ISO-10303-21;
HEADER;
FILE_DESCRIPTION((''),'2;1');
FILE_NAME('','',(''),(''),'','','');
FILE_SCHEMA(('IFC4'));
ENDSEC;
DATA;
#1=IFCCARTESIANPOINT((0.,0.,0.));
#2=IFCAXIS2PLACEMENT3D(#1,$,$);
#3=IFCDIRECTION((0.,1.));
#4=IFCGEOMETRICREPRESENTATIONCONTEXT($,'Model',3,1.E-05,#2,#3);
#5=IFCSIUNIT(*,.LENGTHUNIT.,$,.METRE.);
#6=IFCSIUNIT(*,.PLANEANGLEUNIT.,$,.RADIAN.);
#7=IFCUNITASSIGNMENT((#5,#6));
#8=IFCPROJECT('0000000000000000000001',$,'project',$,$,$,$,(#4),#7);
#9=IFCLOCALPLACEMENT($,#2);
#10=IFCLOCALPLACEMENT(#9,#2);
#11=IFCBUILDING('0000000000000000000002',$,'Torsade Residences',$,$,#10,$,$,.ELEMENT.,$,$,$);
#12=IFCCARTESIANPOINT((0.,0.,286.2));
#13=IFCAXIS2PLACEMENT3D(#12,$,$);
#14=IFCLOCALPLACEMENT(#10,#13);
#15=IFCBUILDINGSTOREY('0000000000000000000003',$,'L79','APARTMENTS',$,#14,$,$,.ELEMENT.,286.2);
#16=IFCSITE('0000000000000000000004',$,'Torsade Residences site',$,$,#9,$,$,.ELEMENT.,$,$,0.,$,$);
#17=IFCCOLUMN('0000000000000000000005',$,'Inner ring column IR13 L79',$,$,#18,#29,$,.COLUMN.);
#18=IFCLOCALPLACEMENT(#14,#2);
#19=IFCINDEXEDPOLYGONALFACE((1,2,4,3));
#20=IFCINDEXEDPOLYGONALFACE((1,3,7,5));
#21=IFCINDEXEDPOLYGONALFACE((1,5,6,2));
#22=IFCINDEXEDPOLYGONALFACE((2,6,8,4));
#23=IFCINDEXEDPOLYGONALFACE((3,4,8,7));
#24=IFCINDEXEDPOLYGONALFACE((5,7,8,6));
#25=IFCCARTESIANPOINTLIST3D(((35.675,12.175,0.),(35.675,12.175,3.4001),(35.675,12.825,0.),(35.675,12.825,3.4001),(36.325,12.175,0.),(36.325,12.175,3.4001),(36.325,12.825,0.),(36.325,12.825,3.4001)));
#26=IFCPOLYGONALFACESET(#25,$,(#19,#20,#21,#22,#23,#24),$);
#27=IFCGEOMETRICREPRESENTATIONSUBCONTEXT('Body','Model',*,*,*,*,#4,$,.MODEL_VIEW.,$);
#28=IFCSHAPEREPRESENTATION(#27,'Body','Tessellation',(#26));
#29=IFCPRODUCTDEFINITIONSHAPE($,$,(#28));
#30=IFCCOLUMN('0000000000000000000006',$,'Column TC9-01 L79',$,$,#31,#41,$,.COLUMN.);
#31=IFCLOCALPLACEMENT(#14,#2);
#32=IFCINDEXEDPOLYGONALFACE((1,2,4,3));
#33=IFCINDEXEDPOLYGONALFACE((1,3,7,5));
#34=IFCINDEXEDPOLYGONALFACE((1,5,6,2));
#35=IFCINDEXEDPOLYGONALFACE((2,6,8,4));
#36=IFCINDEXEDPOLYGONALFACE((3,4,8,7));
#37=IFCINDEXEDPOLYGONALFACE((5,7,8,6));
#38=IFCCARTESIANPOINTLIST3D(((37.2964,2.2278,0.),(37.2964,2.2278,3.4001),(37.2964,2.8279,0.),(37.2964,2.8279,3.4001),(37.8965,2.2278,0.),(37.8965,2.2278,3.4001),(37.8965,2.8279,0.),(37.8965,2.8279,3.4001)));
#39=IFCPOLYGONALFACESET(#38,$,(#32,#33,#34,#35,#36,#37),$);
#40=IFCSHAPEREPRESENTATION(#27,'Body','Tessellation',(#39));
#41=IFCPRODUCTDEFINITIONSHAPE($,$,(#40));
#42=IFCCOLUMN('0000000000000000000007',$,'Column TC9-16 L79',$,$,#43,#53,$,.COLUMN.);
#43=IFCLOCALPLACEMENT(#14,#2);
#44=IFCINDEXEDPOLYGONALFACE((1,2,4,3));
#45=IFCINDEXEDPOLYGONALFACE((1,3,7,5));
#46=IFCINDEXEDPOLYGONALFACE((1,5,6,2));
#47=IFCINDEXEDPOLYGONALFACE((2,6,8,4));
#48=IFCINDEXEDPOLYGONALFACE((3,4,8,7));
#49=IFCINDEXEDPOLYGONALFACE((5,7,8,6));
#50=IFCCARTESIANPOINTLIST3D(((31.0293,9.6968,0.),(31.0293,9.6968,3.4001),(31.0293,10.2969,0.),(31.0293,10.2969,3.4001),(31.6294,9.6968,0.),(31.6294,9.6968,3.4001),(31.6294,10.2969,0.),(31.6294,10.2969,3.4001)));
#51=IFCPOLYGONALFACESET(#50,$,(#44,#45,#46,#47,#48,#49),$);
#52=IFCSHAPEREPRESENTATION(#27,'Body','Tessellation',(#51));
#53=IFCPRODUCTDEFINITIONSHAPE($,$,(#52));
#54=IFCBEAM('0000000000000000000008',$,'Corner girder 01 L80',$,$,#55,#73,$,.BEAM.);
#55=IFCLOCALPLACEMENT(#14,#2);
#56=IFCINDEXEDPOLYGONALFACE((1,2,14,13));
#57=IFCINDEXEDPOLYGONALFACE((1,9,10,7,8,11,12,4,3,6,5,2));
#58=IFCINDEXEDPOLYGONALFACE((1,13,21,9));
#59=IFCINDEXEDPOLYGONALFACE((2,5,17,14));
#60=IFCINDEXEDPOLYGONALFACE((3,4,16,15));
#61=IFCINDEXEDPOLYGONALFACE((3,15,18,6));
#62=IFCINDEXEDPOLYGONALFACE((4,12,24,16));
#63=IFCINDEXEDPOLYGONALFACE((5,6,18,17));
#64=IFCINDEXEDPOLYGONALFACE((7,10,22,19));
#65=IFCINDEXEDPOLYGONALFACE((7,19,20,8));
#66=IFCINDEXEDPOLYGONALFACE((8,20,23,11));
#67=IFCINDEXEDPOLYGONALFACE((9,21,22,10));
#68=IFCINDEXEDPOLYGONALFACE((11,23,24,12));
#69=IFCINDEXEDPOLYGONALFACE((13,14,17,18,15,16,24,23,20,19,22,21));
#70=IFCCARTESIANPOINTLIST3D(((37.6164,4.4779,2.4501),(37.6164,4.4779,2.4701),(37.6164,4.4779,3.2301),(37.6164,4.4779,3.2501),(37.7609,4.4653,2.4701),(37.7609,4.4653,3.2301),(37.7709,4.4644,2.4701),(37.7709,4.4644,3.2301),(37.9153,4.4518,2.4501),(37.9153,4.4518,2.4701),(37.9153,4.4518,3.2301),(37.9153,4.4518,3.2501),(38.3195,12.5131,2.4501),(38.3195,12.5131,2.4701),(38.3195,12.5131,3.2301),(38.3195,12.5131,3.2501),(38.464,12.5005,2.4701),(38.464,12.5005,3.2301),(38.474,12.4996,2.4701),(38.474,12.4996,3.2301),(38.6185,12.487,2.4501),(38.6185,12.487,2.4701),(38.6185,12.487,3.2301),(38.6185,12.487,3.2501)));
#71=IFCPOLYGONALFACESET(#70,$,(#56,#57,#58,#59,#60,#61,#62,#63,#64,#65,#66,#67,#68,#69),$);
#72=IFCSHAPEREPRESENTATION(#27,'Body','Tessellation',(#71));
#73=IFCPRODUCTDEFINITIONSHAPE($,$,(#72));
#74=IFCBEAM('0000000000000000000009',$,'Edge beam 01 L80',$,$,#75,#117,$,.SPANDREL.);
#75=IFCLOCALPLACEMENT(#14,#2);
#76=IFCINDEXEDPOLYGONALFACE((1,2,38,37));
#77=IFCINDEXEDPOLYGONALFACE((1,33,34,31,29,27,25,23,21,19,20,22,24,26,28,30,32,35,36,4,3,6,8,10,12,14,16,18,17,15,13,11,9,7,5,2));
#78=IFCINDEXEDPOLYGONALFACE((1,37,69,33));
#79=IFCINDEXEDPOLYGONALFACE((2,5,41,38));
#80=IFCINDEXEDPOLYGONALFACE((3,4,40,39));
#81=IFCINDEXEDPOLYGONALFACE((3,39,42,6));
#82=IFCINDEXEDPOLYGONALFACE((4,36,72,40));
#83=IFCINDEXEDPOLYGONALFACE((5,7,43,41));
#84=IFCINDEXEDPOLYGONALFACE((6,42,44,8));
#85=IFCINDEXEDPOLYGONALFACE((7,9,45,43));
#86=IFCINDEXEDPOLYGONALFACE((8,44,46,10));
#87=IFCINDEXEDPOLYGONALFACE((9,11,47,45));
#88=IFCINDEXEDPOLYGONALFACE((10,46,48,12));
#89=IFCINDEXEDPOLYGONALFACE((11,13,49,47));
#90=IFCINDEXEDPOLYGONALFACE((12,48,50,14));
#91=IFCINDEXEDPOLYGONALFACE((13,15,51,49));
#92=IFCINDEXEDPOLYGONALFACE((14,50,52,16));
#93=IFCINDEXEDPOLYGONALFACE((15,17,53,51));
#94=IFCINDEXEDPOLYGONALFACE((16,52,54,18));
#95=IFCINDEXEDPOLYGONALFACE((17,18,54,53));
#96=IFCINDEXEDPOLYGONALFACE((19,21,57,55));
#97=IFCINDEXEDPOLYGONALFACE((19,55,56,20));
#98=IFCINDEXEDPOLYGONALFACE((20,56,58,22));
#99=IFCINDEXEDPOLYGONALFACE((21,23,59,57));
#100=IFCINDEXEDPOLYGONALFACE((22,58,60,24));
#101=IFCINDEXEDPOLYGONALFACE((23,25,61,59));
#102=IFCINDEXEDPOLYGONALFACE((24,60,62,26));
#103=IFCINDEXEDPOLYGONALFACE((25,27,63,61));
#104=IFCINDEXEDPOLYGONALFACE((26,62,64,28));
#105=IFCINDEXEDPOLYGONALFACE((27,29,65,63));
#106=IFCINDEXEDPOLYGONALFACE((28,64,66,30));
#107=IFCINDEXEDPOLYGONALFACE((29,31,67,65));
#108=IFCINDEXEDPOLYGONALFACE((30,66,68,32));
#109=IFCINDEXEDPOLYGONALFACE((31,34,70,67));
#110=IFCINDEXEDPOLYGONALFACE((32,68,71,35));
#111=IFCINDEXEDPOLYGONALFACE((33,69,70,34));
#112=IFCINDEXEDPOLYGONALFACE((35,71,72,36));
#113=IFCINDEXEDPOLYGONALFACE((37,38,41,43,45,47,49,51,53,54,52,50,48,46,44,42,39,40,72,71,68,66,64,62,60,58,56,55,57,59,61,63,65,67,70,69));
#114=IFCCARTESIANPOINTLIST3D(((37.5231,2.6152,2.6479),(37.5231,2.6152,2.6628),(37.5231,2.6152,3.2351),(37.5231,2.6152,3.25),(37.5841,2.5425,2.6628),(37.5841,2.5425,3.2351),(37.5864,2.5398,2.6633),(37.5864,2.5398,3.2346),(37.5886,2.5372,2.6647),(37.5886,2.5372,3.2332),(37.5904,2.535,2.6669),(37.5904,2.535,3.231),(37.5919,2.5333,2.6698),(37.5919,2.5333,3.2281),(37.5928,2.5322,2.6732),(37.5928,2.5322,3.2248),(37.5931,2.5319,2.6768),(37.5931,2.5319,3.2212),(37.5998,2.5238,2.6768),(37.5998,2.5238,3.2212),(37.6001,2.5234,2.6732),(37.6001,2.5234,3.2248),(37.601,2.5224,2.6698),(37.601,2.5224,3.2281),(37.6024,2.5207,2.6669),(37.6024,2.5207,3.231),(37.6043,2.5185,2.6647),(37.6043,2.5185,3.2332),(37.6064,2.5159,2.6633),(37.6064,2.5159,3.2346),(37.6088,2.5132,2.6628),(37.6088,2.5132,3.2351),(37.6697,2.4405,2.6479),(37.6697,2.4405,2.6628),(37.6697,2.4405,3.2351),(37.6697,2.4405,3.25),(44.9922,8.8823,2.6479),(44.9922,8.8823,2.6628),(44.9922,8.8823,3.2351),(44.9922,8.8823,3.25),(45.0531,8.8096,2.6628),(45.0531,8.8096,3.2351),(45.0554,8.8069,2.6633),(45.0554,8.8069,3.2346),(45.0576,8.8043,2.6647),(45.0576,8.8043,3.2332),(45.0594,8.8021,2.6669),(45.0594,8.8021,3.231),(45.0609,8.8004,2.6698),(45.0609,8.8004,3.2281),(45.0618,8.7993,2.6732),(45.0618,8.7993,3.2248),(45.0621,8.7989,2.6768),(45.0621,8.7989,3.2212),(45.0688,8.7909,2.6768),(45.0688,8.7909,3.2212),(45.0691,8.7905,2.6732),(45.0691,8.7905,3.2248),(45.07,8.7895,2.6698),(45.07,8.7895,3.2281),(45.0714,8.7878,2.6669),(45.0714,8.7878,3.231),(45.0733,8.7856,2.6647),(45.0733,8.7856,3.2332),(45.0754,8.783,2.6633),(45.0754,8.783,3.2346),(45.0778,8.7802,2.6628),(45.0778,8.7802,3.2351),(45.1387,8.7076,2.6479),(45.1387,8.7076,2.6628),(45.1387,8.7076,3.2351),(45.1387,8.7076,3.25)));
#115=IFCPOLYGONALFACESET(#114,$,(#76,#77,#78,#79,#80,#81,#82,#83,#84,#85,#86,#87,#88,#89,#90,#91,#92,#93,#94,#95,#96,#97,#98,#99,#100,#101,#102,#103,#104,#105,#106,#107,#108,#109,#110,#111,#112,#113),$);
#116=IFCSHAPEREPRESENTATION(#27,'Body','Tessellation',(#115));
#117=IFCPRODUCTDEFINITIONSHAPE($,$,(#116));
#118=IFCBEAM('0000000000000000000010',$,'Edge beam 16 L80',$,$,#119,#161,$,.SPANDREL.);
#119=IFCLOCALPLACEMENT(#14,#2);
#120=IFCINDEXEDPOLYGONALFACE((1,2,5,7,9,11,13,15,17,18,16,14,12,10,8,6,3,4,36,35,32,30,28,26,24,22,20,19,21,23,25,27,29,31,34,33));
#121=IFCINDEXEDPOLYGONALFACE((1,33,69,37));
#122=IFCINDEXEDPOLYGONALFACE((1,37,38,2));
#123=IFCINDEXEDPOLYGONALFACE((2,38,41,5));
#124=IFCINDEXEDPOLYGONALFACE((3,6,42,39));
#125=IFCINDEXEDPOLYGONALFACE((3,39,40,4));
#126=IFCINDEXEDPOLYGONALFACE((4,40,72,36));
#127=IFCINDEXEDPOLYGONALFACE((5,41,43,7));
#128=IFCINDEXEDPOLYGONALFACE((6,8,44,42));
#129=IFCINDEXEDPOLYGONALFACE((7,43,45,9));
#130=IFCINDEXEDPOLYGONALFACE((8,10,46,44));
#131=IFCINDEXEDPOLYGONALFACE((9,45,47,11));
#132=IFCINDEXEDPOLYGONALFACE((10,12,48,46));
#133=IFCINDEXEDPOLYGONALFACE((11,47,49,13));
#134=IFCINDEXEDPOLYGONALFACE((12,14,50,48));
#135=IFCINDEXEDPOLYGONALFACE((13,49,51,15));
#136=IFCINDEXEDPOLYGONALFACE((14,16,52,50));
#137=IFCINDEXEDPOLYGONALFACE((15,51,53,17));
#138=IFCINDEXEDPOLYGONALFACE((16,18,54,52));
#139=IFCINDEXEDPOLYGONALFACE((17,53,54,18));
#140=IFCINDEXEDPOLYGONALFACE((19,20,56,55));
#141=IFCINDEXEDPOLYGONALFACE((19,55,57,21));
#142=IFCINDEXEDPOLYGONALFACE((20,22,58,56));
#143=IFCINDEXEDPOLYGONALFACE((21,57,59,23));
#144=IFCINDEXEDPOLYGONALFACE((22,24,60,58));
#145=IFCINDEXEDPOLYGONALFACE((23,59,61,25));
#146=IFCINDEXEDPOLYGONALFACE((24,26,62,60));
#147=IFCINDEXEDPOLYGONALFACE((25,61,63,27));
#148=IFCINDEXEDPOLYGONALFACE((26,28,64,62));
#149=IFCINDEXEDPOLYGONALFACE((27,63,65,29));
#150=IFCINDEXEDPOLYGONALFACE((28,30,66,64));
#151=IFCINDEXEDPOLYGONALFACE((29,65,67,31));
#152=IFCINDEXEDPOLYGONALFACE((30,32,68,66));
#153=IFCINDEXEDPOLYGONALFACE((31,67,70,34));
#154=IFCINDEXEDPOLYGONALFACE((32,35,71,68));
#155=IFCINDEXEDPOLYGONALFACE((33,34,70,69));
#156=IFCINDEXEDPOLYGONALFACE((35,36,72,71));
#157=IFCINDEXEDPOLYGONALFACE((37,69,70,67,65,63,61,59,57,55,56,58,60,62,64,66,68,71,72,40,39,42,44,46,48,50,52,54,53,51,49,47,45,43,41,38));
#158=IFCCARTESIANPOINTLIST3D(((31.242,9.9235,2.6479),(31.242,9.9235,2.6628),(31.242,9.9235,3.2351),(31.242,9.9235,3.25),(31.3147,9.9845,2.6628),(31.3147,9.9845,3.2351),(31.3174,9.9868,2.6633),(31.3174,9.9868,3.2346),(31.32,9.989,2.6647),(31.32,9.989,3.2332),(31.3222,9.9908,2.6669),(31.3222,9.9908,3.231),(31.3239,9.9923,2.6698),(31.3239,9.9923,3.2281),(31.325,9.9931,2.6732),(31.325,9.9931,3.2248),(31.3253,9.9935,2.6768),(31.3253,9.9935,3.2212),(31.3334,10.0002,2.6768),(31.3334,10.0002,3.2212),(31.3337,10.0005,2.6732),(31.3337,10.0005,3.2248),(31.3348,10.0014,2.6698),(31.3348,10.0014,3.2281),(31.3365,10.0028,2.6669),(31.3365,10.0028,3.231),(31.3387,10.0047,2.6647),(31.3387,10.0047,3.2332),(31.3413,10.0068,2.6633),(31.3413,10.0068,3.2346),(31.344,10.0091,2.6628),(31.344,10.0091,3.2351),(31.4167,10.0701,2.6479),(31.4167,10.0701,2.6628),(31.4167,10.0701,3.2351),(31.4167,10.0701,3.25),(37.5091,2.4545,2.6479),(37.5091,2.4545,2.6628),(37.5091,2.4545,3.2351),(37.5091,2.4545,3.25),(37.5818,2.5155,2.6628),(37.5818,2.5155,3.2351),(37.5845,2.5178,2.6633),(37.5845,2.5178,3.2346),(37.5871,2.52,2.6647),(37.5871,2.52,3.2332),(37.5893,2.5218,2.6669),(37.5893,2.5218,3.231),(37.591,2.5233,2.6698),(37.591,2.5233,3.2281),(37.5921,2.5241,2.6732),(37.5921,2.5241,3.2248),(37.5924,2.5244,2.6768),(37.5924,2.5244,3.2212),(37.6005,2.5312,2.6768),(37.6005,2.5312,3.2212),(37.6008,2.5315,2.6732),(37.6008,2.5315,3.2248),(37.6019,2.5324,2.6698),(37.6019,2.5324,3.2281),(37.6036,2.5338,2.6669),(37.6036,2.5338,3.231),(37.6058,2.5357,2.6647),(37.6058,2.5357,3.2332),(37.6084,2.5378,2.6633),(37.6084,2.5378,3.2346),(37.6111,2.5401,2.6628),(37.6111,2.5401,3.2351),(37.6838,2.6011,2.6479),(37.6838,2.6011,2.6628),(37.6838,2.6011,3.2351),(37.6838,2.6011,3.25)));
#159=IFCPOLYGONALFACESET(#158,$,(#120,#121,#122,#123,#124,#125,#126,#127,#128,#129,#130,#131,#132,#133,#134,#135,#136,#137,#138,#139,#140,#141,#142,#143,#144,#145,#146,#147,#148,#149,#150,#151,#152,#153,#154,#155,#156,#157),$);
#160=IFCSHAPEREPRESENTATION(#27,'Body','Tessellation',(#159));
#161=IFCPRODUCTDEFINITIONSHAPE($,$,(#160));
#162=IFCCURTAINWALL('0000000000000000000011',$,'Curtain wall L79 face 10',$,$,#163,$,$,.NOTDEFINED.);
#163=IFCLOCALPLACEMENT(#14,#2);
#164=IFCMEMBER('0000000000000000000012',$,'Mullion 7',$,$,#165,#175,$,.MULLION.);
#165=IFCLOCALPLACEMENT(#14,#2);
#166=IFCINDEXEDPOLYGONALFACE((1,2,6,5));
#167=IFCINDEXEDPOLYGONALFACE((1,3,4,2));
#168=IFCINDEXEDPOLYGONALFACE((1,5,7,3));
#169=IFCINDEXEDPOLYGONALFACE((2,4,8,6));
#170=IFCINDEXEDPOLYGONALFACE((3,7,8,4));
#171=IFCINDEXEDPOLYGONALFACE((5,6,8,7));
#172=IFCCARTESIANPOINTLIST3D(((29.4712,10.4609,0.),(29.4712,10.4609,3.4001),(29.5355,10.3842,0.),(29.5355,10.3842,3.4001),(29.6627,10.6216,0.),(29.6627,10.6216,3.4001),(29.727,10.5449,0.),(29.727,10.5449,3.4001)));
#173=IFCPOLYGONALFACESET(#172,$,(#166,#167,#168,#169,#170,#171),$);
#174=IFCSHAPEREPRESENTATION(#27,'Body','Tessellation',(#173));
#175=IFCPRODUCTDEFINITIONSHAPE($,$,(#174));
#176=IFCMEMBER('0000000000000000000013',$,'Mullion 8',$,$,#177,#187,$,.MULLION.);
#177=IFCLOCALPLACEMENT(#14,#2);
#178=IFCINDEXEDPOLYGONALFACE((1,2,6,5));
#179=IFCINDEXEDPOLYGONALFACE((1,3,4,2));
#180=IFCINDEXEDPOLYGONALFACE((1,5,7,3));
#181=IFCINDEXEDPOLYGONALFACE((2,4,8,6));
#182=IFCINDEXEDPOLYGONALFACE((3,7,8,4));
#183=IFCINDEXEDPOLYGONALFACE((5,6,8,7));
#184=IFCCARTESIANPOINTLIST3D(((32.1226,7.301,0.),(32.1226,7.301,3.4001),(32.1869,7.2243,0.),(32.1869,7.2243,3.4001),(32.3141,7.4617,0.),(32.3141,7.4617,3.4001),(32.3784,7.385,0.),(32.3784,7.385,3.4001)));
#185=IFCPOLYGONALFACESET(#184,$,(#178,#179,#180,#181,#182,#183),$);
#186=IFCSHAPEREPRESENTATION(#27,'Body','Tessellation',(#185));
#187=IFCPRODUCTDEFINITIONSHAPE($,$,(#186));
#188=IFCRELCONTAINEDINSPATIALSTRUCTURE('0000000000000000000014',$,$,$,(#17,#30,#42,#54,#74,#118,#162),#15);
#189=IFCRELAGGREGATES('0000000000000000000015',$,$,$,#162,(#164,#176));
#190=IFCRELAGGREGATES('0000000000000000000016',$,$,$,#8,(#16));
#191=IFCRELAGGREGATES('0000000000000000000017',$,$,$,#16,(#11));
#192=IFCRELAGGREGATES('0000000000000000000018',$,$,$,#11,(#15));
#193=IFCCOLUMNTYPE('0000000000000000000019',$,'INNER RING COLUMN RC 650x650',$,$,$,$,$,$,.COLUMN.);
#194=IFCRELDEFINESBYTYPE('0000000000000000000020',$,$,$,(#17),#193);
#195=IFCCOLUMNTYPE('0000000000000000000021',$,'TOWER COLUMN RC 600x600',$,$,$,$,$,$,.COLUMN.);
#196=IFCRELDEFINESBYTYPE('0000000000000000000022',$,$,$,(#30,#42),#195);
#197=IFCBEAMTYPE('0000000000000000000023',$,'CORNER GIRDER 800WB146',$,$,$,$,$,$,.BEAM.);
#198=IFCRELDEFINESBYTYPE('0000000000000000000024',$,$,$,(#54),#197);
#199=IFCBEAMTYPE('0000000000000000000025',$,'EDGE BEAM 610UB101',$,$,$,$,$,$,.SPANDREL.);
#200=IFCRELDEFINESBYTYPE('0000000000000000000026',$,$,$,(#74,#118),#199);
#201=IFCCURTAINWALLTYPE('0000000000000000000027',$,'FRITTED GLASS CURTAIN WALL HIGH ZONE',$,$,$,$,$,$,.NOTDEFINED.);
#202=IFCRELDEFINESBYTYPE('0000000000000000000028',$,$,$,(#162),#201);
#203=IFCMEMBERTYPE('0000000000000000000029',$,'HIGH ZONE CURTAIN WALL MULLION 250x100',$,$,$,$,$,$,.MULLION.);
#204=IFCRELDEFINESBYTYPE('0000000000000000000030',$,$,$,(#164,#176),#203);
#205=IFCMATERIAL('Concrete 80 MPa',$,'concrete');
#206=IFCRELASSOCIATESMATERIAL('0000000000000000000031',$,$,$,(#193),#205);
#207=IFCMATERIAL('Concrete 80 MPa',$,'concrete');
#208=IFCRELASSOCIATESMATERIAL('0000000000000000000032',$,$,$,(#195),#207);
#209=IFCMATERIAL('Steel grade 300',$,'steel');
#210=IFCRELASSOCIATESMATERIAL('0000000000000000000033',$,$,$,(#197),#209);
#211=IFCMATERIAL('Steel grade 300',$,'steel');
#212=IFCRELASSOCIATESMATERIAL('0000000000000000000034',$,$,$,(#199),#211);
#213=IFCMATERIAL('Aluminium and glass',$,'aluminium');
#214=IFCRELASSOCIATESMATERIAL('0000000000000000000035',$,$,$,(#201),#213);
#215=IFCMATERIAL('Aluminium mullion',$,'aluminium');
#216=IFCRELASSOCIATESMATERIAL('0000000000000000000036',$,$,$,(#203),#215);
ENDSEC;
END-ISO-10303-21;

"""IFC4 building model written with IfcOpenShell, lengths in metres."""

from ifc_helpers import new_model, si_unit, direction, frame, origin, origin_2d, place, context, subcontext, project, spatial, rectangle, i_section, extrude, material, material_profile, profile_set, type_object, element, aggregate, save


model = new_model("IFC4")

# Units and contexts
model_context = context("Model", 3, precision=1e-05, world=origin(), true_north=direction((0.0, 1.0)))
body_context = subcontext(model_context, "Body", "Model", "MODEL_VIEW")
ifc_project = project(units=[si_unit("LENGTHUNIT", "METRE"), si_unit("PLANEANGLEUNIT", "RADIAN")], contexts=[model_context])

# Site, building, storey
site_placement = place(None, origin())
site = spatial("IfcSite", under=ifc_project, at=site_placement, Name="Torsade Residences site", CompositionType="ELEMENT", RefElevation=0.0)
building_placement = place(site_placement, origin())
building = spatial("IfcBuilding", under=site, at=building_placement, Name="Torsade Residences", CompositionType="ELEMENT")
storey_placement = place(building_placement, frame((0.0, 0.0, 286.2)))
storey = spatial("IfcBuildingStorey", under=building, at=storey_placement, Name="L79", Description="APARTMENTS", CompositionType="ELEMENT", Elevation=286.2)

# Columns
ifc_material_1 = material(Name="Concrete 80 MPa", Category="concrete")
ifc_material_profile_1 = material_profile(ifc_material_1, rectangle(XDim=0.6499, YDim=0.6499, at=origin_2d()), Name="RC 650x650")
ifc_profile_set_1 = profile_set([ifc_material_profile_1], Name="Concrete 80 MPa")
column_type_1 = type_object("IfcColumnType", Name="INNER RING COLUMN RC 650x650", PredefinedType="COLUMN", material=ifc_profile_set_1)
column_placement = place(storey_placement, frame((36.0, 12.5, 0.0), z_axis=(0.0, 0.0, 1.0), x_axis=(1.0, 0.0, 0.0)))
element("IfcColumn", 1, at=column_placement, inside=storey, type_object=column_type_1, Name="Inner ring column IR13 L79", PredefinedType="COLUMN", context=body_context, shape_type="SweptSolid", body=[
    extrude(rectangle(XDim=0.6499, YDim=0.6499, at=origin_2d()), origin(), (0.0, 0.0, 1.0), 3.4001),
])
ifc_material_2 = material(Name="Concrete 80 MPa", Category="concrete")
ifc_material_profile_2 = material_profile(ifc_material_2, rectangle(XDim=0.6001, YDim=0.6001, at=origin_2d()), Name="RC 600x600")
ifc_profile_set_2 = profile_set([ifc_material_profile_2], Name="Concrete 80 MPa")
column_type_2 = type_object("IfcColumnType", Name="TOWER COLUMN RC 600x600", PredefinedType="COLUMN", material=ifc_profile_set_2)
for number, where, z_axis, x_axis, name in (
    (2, (37.5964, 2.5278, 0.0), (0.0, 0.0, 1.0), (1.0, 0.0, 0.0), "Column TC9-01 L79"),
    (3, (31.3293, 9.9968, 0.0), (0.0, 0.0, 1.0), (1.0, 0.0, 0.0), "Column TC9-16 L79"),
):
    element("IfcColumn", number, at=place(storey_placement, frame(where, z_axis=z_axis, x_axis=x_axis)), inside=storey, type_object=column_type_2, Name=name, PredefinedType="COLUMN", context=body_context, shape_type="SweptSolid", body=[
        extrude(rectangle(XDim=0.6001, YDim=0.6001, at=origin_2d()), origin(), (0.0, 0.0, 1.0), 3.4001),
    ])

# Beams
ifc_material_3 = material(Name="Steel grade 300", Category="steel")
ifc_material_profile_3 = material_profile(ifc_material_3, i_section(OverallWidth=0.3, OverallDepth=0.8, WebThickness=0.01, FlangeThickness=0.02, at=origin_2d()), Name="800WB146")
ifc_profile_set_3 = profile_set([ifc_material_profile_3], Name="Steel grade 300")
beam_type_1 = type_object("IfcBeamType", Name="CORNER GIRDER 800WB146", PredefinedType="BEAM", material=ifc_profile_set_3)
beam_1_placement = place(storey_placement, frame((37.7659, 4.4648, 2.8501), z_axis=(0.087173, 0.996193, 0.0), x_axis=(-0.996193, 0.087173, 0.0)))
element("IfcBeam", 4, at=beam_1_placement, inside=storey, type_object=beam_type_1, Name="Corner girder 01 L80", PredefinedType="BEAM", context=body_context, shape_type="SweptSolid", body=[
    extrude(i_section(OverallWidth=0.3, OverallDepth=0.8, WebThickness=0.01, FlangeThickness=0.02, at=origin_2d()), origin(), (0.0, 0.0, 1.0), 8.0659),
])
ifc_material_4 = material(Name="Steel grade 300", Category="steel")
ifc_material_profile_4 = material_profile(ifc_material_4, i_section(OverallWidth=0.228, OverallDepth=0.6021, WebThickness=0.0105, FlangeThickness=0.0149, FilletRadius=0.0139, at=origin_2d()), Name="610UB101")
ifc_profile_set_4 = profile_set([ifc_material_profile_4], Name="Steel grade 300")
beam_type_2 = type_object("IfcBeamType", Name="EDGE BEAM 610UB101", PredefinedType="SPANDREL", material=ifc_profile_set_4)
for number, where, z_axis, x_axis, name in (
    (5, (37.5964, 2.5278, 2.949), (0.766052, 0.642779, 0.0), (-0.642779, 0.766052, 0.0), "Edge beam 01 L80"),
    (6, (31.3293, 9.9968, 2.949), (0.642779, -0.766052, 0.0), (0.766052, 0.642779, 0.0), "Edge beam 16 L80"),
):
    element("IfcBeam", number, at=place(storey_placement, frame(where, z_axis=z_axis, x_axis=x_axis)), inside=storey, type_object=beam_type_2, Name=name, PredefinedType="SPANDREL", context=body_context, shape_type="SweptSolid", body=[
        extrude(i_section(OverallWidth=0.228, OverallDepth=0.6021, WebThickness=0.0105, FlangeThickness=0.0149, FilletRadius=0.0139, at=origin_2d()), origin(), (0.0, 0.0, 1.0), 9.75),
    ])

# Curtain wall, members
ifc_material_5 = material(Name="Aluminium and glass", Category="aluminium")
curtain_wall_type = type_object("IfcCurtainWallType", Name="FRITTED GLASS CURTAIN WALL HIGH ZONE", PredefinedType="NOTDEFINED", material=ifc_material_5)
curtain_wall_placement = place(storey_placement, origin())
curtain_wall = element("IfcCurtainWall", 7, at=curtain_wall_placement, inside=storey, type_object=curtain_wall_type, Name="Curtain wall L79 face 10", PredefinedType="NOTDEFINED")
ifc_material_6 = material(Name="Aluminium mullion", Category="aluminium")
ifc_material_profile_5 = material_profile(ifc_material_6, rectangle(XDim=0.25, YDim=0.1001, at=origin_2d()), Name="HIGH ZONE CURTAIN WALL MULLION 250x100")
ifc_profile_set_5 = profile_set([ifc_material_profile_5], Name="Aluminium mullion")
member_type_1 = type_object("IfcMemberType", Name="HIGH ZONE CURTAIN WALL MULLION 250x100", PredefinedType="MULLION", material=ifc_profile_set_5)
member_1_placement = place(storey_placement, frame((29.5991, 10.5029, 0.0), z_axis=(0.0, 0.0, 1.0), x_axis=(0.766044, 0.642788, 0.0)))
member_1 = element("IfcMember", 8, at=member_1_placement, type_object=member_type_1, Name="Mullion 7", PredefinedType="MULLION", context=body_context, shape_type="SweptSolid", body=[
    extrude(rectangle(XDim=0.25, YDim=0.1001, at=origin_2d()), origin(), (0.0, 0.0, 1.0), 3.4001),
])
member_2_placement = place(storey_placement, frame((32.2505, 7.343, 0.0), z_axis=(0.0, 0.0, 1.0), x_axis=(0.766044, 0.642788, 0.0)))
member_2 = element("IfcMember", 9, at=member_2_placement, type_object=member_type_1, Name="Mullion 8", PredefinedType="MULLION", context=body_context, shape_type="SweptSolid", body=[
    extrude(rectangle(XDim=0.25, YDim=0.1001, at=origin_2d()), origin(), (0.0, 0.0, 1.0), 3.4001),
])

aggregate(curtain_wall, [member_1, member_2])

save(model, "model.ifc")
